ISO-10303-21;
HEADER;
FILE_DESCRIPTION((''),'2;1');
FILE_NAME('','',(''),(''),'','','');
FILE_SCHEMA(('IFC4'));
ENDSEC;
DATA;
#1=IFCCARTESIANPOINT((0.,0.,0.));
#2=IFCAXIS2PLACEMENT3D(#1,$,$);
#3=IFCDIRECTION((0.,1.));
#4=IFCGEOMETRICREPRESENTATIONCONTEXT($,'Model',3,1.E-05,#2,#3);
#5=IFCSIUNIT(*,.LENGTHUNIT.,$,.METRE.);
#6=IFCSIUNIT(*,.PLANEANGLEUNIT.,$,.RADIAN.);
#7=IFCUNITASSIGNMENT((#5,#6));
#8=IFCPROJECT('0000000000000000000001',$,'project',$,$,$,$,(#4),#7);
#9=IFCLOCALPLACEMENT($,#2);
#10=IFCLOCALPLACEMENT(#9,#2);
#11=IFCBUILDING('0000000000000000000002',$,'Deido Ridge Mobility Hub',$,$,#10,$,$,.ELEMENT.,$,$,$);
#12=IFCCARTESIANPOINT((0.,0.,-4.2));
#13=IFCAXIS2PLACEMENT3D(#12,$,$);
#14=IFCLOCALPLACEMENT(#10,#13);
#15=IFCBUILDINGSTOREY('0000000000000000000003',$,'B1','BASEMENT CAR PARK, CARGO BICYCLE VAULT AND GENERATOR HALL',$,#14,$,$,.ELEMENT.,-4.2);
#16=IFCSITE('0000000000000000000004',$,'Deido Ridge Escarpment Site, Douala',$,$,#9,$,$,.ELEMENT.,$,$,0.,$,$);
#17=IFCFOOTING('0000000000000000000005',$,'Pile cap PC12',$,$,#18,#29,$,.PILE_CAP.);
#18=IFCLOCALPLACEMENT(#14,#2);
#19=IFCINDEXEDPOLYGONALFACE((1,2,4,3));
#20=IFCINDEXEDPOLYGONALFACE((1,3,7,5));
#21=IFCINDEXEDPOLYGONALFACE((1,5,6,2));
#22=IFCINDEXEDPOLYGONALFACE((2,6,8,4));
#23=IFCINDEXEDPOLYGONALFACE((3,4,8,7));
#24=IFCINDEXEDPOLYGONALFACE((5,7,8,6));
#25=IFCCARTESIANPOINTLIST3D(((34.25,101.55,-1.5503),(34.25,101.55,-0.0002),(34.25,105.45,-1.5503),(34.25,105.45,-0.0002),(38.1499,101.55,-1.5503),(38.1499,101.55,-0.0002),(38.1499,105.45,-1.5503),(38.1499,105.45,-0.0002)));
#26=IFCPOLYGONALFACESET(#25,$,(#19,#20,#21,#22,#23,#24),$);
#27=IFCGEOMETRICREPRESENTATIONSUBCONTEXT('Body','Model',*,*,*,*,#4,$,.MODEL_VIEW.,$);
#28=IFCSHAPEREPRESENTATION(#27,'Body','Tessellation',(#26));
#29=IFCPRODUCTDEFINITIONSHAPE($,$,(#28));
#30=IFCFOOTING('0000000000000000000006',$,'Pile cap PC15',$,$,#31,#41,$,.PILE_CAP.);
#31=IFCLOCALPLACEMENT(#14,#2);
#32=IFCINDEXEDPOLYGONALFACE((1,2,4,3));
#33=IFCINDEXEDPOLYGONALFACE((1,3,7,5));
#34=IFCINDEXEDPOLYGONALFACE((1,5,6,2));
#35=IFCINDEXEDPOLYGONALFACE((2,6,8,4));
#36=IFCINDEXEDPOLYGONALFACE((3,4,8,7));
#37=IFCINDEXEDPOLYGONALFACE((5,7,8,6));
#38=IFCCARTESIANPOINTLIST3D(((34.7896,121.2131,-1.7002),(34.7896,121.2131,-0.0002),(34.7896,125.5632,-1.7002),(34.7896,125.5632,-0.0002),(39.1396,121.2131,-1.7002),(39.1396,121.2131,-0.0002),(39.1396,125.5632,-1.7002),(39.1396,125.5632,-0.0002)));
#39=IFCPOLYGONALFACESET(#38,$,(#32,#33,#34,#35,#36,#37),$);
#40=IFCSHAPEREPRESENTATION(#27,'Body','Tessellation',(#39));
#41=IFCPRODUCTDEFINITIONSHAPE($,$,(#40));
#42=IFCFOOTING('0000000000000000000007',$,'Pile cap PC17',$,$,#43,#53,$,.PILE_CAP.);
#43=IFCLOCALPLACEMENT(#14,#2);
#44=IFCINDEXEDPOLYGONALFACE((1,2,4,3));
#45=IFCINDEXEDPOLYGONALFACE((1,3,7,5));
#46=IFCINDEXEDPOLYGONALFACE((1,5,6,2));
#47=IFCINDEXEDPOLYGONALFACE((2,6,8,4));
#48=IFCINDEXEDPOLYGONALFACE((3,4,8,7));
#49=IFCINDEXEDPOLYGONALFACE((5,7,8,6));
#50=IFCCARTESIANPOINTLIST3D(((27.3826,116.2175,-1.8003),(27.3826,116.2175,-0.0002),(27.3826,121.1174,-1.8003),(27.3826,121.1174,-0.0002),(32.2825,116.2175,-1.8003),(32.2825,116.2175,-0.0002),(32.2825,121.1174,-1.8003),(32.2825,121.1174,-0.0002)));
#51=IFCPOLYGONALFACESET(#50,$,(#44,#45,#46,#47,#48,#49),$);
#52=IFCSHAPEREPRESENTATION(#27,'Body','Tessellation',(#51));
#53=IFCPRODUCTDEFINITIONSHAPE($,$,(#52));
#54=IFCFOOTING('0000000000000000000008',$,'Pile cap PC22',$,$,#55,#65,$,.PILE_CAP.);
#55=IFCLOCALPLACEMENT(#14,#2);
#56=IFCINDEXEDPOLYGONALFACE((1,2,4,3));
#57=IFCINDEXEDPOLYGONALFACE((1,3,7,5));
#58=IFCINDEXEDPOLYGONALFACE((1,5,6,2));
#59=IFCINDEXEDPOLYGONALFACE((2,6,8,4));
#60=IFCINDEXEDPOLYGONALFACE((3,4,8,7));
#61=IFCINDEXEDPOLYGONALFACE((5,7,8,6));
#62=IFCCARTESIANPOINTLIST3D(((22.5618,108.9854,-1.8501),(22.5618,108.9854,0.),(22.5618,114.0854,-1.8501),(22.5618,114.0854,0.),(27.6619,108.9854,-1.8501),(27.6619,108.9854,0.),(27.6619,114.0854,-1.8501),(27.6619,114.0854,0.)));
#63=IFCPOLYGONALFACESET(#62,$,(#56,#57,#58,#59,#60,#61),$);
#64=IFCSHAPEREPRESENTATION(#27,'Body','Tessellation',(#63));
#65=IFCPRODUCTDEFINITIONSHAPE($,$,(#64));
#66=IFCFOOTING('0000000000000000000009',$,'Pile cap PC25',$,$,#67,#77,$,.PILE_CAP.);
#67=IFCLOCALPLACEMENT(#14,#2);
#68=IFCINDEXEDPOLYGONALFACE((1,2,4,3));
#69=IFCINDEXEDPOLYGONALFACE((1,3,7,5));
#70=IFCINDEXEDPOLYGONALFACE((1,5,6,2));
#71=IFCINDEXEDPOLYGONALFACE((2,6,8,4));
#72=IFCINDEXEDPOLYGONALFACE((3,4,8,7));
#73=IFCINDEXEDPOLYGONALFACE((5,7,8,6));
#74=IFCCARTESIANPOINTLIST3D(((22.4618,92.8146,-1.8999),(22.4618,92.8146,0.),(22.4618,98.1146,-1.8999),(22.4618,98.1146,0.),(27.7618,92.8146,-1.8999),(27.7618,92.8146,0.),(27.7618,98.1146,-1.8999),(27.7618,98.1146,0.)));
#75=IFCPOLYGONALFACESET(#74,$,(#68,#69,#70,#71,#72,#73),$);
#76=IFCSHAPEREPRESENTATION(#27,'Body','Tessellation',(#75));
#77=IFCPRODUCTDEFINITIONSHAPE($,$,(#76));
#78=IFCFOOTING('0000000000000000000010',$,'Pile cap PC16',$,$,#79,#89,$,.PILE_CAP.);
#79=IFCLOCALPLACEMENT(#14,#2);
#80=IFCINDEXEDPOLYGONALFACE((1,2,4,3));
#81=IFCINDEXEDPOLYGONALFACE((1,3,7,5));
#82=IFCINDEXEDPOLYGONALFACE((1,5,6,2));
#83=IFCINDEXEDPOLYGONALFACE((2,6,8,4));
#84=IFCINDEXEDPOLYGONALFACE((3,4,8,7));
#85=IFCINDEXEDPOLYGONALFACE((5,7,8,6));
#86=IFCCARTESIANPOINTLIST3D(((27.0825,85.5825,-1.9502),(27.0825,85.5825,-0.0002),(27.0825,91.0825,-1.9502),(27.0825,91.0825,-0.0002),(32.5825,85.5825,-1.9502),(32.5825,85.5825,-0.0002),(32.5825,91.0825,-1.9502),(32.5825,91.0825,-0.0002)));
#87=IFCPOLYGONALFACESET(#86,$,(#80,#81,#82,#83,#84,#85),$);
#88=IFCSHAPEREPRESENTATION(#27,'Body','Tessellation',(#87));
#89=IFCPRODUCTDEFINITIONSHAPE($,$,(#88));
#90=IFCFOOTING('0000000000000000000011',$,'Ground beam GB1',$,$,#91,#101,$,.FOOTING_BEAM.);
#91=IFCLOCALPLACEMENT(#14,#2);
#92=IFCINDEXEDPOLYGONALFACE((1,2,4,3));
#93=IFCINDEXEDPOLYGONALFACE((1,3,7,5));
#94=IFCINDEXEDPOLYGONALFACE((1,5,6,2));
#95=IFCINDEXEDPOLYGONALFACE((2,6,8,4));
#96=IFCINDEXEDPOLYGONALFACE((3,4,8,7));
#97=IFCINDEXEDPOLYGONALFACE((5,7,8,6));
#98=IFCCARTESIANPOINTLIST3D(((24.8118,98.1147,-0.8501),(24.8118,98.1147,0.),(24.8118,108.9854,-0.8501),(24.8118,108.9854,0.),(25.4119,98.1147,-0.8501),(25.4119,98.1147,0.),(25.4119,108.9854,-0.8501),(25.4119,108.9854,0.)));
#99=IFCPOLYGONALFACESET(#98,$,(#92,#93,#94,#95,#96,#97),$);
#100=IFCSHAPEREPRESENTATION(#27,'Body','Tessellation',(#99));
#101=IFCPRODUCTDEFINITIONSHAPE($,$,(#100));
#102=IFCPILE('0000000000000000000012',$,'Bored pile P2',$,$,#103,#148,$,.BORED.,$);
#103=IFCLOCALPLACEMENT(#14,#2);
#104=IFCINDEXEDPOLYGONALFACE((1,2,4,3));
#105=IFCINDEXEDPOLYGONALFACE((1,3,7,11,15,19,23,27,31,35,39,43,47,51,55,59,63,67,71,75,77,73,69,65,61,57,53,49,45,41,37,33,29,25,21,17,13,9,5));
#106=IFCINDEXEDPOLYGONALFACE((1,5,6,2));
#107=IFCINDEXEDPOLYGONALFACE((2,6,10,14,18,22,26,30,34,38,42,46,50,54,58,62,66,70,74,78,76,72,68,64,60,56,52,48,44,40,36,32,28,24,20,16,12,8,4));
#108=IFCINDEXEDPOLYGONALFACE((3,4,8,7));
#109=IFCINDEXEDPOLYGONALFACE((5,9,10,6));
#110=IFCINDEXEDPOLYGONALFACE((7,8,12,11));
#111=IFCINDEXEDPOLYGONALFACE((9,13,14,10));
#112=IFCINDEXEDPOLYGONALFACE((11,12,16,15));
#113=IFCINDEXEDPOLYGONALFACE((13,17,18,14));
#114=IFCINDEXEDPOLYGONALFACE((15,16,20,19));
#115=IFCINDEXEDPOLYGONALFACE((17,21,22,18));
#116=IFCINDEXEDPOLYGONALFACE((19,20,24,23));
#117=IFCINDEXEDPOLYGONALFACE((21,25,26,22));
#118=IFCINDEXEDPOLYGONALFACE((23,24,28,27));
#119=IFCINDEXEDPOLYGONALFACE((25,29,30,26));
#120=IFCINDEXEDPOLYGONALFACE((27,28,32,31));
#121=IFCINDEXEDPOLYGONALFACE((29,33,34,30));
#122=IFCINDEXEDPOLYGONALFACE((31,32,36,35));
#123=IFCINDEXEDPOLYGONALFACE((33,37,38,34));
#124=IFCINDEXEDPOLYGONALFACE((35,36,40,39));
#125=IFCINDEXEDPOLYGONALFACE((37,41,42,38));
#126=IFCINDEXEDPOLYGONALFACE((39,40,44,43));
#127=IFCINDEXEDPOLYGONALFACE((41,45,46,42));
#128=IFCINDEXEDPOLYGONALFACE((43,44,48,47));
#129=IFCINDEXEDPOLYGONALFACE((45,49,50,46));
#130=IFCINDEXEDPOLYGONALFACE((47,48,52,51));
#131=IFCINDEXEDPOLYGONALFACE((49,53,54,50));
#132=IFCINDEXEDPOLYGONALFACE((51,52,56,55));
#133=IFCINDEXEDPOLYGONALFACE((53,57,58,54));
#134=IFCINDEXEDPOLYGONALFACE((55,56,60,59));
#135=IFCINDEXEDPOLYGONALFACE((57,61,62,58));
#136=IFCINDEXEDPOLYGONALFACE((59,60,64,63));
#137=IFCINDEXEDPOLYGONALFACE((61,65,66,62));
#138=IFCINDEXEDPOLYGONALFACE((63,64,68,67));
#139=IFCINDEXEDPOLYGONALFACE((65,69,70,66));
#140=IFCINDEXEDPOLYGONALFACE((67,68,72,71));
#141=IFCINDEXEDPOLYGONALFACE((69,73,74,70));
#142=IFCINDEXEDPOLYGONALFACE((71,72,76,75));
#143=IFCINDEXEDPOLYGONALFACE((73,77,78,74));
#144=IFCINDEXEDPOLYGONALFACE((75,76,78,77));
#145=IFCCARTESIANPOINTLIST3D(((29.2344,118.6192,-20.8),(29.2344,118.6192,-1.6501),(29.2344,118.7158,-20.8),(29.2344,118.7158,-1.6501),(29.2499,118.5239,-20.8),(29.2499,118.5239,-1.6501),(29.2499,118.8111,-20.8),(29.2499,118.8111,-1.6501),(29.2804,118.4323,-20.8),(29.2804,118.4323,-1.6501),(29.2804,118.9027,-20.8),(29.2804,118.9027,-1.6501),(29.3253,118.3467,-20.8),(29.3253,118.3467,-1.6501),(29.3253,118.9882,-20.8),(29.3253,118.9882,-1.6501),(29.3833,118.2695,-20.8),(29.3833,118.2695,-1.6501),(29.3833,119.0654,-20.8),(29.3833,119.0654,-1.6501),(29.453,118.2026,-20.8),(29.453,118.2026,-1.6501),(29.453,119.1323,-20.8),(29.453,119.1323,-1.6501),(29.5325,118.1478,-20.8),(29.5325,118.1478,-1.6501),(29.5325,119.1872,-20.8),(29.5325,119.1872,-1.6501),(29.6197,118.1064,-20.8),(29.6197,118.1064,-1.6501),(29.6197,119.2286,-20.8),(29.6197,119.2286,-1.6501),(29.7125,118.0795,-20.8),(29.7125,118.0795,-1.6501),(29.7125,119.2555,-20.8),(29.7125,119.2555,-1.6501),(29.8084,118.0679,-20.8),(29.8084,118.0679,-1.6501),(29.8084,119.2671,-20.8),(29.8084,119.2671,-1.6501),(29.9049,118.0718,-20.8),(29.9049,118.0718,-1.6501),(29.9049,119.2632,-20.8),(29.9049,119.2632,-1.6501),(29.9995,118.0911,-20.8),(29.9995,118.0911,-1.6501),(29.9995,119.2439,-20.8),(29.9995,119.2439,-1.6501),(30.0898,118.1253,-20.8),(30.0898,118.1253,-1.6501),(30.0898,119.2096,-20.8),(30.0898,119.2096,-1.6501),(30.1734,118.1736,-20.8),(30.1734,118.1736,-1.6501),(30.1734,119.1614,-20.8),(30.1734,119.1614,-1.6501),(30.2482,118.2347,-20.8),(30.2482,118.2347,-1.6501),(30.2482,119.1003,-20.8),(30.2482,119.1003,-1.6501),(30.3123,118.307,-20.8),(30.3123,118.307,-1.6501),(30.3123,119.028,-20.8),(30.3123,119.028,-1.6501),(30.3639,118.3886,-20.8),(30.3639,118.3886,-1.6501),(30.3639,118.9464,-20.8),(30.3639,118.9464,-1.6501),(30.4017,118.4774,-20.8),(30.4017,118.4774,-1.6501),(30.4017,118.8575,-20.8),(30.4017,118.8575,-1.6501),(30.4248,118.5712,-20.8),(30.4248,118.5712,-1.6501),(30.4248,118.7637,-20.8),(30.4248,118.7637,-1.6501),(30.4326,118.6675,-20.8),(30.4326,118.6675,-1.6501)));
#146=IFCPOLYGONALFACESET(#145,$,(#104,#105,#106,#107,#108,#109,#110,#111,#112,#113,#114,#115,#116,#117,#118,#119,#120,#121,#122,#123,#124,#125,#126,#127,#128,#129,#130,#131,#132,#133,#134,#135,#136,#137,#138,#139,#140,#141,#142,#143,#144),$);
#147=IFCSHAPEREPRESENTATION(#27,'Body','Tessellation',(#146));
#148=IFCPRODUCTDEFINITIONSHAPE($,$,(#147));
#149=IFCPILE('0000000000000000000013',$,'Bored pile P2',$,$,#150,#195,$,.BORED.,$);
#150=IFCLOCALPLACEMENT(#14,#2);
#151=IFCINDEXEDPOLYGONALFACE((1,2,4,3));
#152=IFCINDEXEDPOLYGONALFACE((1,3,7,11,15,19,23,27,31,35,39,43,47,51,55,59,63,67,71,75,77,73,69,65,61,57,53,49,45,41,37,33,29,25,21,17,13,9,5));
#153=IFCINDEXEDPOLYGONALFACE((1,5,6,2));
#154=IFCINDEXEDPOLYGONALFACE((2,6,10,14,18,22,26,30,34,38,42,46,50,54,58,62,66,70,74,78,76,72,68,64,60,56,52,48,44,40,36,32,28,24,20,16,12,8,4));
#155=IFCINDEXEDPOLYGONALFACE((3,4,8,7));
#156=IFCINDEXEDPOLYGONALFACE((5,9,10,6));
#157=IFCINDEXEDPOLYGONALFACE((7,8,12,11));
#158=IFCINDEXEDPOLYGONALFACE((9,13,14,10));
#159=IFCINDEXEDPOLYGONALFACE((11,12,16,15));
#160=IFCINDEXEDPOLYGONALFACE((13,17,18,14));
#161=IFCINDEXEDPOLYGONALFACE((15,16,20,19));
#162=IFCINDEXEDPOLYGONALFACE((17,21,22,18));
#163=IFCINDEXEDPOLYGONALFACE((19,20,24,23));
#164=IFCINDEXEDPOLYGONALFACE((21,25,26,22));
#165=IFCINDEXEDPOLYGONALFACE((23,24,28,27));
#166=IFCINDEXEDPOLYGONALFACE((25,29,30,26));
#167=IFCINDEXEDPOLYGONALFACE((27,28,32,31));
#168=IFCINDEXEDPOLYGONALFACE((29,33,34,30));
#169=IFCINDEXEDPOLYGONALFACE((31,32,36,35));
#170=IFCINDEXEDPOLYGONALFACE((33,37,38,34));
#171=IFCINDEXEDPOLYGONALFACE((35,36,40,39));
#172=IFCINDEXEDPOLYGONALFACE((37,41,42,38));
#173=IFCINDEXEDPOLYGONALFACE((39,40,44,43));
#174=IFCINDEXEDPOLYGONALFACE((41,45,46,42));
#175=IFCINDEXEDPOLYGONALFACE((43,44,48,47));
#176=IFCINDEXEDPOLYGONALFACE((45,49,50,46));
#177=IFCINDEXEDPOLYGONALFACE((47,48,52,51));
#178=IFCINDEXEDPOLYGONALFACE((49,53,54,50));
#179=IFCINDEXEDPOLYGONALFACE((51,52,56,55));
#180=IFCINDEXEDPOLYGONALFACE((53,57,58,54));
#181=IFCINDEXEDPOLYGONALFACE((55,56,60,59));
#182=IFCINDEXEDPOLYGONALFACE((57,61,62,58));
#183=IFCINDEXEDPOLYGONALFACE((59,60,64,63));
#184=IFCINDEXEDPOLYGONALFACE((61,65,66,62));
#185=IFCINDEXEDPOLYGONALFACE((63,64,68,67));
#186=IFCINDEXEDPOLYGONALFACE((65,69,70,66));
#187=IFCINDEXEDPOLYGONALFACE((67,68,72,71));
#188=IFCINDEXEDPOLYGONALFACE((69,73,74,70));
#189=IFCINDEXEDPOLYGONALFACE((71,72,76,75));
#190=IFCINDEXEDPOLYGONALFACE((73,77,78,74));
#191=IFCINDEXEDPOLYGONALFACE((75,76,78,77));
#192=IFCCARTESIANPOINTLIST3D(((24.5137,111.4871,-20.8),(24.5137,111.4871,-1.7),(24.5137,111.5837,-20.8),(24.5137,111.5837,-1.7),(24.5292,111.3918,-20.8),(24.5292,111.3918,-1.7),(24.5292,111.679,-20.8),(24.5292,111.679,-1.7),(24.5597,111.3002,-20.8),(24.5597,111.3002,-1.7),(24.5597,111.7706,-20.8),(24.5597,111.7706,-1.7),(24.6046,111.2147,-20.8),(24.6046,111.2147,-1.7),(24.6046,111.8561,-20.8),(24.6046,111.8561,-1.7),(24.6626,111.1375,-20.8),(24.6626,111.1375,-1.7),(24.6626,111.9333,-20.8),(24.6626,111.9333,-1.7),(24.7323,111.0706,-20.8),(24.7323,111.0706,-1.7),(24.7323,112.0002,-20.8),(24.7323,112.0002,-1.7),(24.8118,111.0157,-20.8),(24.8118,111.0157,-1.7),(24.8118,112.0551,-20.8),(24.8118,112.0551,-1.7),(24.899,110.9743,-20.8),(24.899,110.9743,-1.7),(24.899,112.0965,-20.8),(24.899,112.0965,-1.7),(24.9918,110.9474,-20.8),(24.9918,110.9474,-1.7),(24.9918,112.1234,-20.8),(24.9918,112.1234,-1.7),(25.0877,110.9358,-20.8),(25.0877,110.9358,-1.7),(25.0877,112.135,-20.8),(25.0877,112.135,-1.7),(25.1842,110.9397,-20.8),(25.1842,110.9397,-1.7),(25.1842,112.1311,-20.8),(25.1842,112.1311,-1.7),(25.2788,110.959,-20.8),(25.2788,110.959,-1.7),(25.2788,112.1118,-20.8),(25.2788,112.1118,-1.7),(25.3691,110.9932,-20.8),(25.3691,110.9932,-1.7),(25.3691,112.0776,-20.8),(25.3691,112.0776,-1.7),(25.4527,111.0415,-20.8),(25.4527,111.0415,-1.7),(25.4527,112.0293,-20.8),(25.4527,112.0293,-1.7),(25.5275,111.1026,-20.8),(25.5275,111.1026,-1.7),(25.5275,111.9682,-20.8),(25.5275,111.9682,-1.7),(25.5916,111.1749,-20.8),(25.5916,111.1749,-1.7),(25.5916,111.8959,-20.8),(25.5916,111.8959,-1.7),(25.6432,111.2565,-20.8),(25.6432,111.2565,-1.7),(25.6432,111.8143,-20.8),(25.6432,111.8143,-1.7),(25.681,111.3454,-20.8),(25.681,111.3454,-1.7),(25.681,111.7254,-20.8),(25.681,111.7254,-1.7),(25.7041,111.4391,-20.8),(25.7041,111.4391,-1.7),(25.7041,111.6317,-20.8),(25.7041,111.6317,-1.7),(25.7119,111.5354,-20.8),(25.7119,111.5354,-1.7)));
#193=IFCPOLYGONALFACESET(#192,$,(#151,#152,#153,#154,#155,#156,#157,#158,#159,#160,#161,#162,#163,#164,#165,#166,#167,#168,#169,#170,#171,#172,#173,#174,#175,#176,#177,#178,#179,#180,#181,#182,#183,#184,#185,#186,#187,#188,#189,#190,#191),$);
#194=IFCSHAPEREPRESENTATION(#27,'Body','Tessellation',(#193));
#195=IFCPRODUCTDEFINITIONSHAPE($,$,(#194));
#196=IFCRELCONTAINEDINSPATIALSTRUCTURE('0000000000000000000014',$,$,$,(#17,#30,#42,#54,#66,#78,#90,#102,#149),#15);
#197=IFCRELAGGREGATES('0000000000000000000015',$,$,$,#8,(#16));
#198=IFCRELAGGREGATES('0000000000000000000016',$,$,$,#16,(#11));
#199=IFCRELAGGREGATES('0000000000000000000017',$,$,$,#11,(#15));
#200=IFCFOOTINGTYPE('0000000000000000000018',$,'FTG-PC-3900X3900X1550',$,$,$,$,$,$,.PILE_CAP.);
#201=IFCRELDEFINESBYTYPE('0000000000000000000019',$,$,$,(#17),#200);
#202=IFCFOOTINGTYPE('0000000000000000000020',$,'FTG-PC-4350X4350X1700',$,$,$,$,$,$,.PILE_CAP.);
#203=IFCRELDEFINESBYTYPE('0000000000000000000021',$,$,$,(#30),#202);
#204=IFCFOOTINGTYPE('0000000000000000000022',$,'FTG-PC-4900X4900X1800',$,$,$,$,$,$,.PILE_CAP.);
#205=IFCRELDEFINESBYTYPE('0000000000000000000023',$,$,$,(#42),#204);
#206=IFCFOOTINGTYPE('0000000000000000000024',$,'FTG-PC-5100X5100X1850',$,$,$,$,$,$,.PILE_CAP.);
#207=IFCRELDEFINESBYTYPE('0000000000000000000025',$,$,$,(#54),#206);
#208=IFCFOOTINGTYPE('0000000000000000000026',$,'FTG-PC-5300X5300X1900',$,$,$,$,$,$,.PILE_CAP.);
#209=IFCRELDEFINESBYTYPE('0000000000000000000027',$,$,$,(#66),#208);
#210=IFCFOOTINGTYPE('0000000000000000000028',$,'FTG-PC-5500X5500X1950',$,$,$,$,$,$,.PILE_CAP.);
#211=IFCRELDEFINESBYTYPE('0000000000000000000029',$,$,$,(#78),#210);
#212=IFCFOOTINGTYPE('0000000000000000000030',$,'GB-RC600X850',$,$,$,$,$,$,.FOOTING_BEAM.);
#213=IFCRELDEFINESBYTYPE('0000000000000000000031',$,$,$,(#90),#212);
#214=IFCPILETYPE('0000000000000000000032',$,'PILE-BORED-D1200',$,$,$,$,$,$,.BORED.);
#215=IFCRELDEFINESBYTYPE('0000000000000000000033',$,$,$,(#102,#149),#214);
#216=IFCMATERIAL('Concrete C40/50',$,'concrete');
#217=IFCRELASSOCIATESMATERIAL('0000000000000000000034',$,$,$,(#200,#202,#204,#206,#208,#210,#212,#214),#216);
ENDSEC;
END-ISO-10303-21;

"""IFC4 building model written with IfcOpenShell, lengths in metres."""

from ifc_helpers import new_model, si_unit, direction, frame, origin, origin_2d, place, context, subcontext, project, spatial, rectangle, circle, extrude, material, material_profile, profile_set, type_object, element, save


model = new_model("IFC4")

# Units and contexts
model_context = context("Model", 3, precision=1e-05, world=origin(), true_north=direction((0.0, 1.0)))
body_context = subcontext(model_context, "Body", "Model", "MODEL_VIEW")
ifc_project = project(units=[si_unit("LENGTHUNIT", "METRE"), si_unit("PLANEANGLEUNIT", "RADIAN")], contexts=[model_context])

# Site, building, storey
site_placement = place(None, origin())
site = spatial("IfcSite", under=ifc_project, at=site_placement, Name="Deido Ridge Escarpment Site, Douala", CompositionType="ELEMENT", RefElevation=0.0)
building_placement = place(site_placement, origin())
building = spatial("IfcBuilding", under=site, at=building_placement, Name="Deido Ridge Mobility Hub", CompositionType="ELEMENT")
storey_placement = place(building_placement, frame((0.0, 0.0, -4.2)))
storey = spatial("IfcBuildingStorey", under=building, at=storey_placement, Name="B1", Description="BASEMENT CAR PARK, CARGO BICYCLE VAULT AND GENERATOR HALL", CompositionType="ELEMENT", Elevation=-4.2)

# Footings
ifc_material = material(Name="Concrete C40/50", Category="concrete")
footing_type_1 = type_object("IfcFootingType", Name="FTG-PC-3900X3900X1550", PredefinedType="PILE_CAP", material=ifc_material)
footing_1_placement = place(storey_placement, frame((36.2, 103.5, -1.5503), z_axis=(0.0, 0.0, 1.0), x_axis=(1.0, 0.0, 0.0)))
element("IfcFooting", 1, at=footing_1_placement, inside=storey, type_object=footing_type_1, Name="Pile cap PC12", PredefinedType="PILE_CAP", context=body_context, shape_type="SweptSolid", body=[
    extrude(rectangle(XDim=3.8999, YDim=3.8999, at=origin_2d()), origin(), (0.0, 0.0, 1.0), 1.55),
])
footing_type_2 = type_object("IfcFootingType", Name="FTG-PC-4350X4350X1700", PredefinedType="PILE_CAP", material=ifc_material)
footing_2_placement = place(storey_placement, frame((36.9646, 123.3882, -1.7002), z_axis=(0.0, 0.0, 1.0), x_axis=(1.0, 0.0, 0.0)))
element("IfcFooting", 2, at=footing_2_placement, inside=storey, type_object=footing_type_2, Name="Pile cap PC15", PredefinedType="PILE_CAP", context=body_context, shape_type="SweptSolid", body=[
    extrude(rectangle(XDim=4.3501, YDim=4.3501, at=origin_2d()), origin(), (0.0, 0.0, 1.0), 1.7),
])
footing_type_3 = type_object("IfcFootingType", Name="FTG-PC-4900X4900X1800", PredefinedType="PILE_CAP", material=ifc_material)
footing_3_placement = place(storey_placement, frame((29.8325, 118.6675, -1.8003), z_axis=(0.0, 0.0, 1.0), x_axis=(1.0, 0.0, 0.0)))
element("IfcFooting", 3, at=footing_3_placement, inside=storey, type_object=footing_type_3, Name="Pile cap PC17", PredefinedType="PILE_CAP", context=body_context, shape_type="SweptSolid", body=[
    extrude(rectangle(XDim=4.8999, YDim=4.8999, at=origin_2d()), origin(), (0.0, 0.0, 1.0), 1.8),
])
footing_type_4 = type_object("IfcFootingType", Name="FTG-PC-5100X5100X1850", PredefinedType="PILE_CAP", material=ifc_material)
footing_4_placement = place(storey_placement, frame((25.1118, 111.5354, -1.8501), z_axis=(0.0, 0.0, 1.0), x_axis=(1.0, 0.0, 0.0)))
element("IfcFooting", 4, at=footing_4_placement, inside=storey, type_object=footing_type_4, Name="Pile cap PC22", PredefinedType="PILE_CAP", context=body_context, shape_type="SweptSolid", body=[
    extrude(rectangle(XDim=5.1001, YDim=5.1001, at=origin_2d()), origin(), (0.0, 0.0, 1.0), 1.8501),
])
footing_type_5 = type_object("IfcFootingType", Name="FTG-PC-5300X5300X1900", PredefinedType="PILE_CAP", material=ifc_material)
footing_5_placement = place(storey_placement, frame((25.1118, 95.4646, -1.8999), z_axis=(0.0, 0.0, 1.0), x_axis=(1.0, 0.0, 0.0)))
element("IfcFooting", 5, at=footing_5_placement, inside=storey, type_object=footing_type_5, Name="Pile cap PC25", PredefinedType="PILE_CAP", context=body_context, shape_type="SweptSolid", body=[
    extrude(rectangle(XDim=5.3, YDim=5.3, at=origin_2d()), origin(), (0.0, 0.0, 1.0), 1.8999),
])
footing_type_6 = type_object("IfcFootingType", Name="FTG-PC-5500X5500X1950", PredefinedType="PILE_CAP", material=ifc_material)
footing_6_placement = place(storey_placement, frame((29.8325, 88.3325, -1.9502), z_axis=(0.0, 0.0, 1.0), x_axis=(1.0, 0.0, 0.0)))
element("IfcFooting", 6, at=footing_6_placement, inside=storey, type_object=footing_type_6, Name="Pile cap PC16", PredefinedType="PILE_CAP", context=body_context, shape_type="SweptSolid", body=[
    extrude(rectangle(XDim=5.5, YDim=5.5, at=origin_2d()), origin(), (0.0, 0.0, 1.0), 1.95),
])
ifc_material_profile_1 = material_profile(ifc_material, rectangle(XDim=0.6001, YDim=0.8501, at=origin_2d()), Name="RC GB 600x850")
ifc_profile_set_1 = profile_set([ifc_material_profile_1], Name="Concrete C40/50")
footing_type_7 = type_object("IfcFootingType", Name="GB-RC600X850", PredefinedType="FOOTING_BEAM", material=ifc_profile_set_1)
footing_7_placement = place(storey_placement, frame((25.1118, 98.1147, -0.425), z_axis=(0.0, 1.0, 0.0), x_axis=(-1.0, 0.0, 0.0)))
element("IfcFooting", 7, at=footing_7_placement, inside=storey, type_object=footing_type_7, Name="Ground beam GB1", PredefinedType="FOOTING_BEAM", context=body_context, shape_type="SweptSolid", body=[
    extrude(rectangle(XDim=0.6001, YDim=0.8501, at=origin_2d()), origin(), (0.0, 0.0, 1.0), 10.8706),
])

# Piles
ifc_material_profile_2 = material_profile(ifc_material, circle(Radius=0.6001, at=origin_2d()), Name="BORED PILE D1200")
ifc_profile_set_2 = profile_set([ifc_material_profile_2], Name="Concrete C40/50")
pile_type_1 = type_object("IfcPileType", Name="PILE-BORED-D1200", PredefinedType="BORED", material=ifc_profile_set_2)
pile_1_placement = place(storey_placement, frame((29.8325, 118.6675, -1.6501), z_axis=(0.0, 0.0, -1.0), x_axis=(1.0, 0.0, 0.0)))
element("IfcPile", 8, at=pile_1_placement, inside=storey, type_object=pile_type_1, Name="Bored pile P2", PredefinedType="BORED", context=body_context, shape_type="SweptSolid", body=[
    extrude(circle(Radius=0.6001, at=origin_2d()), origin(), (0.0, 0.0, 1.0), 19.1499),
])
pile_2_placement = place(storey_placement, frame((25.1118, 111.5354, -1.7), z_axis=(0.0, 0.0, -1.0), x_axis=(1.0, 0.0, 0.0)))
element("IfcPile", 9, at=pile_2_placement, inside=storey, type_object=pile_type_1, Name="Bored pile P2", PredefinedType="BORED", context=body_context, shape_type="SweptSolid", body=[
    extrude(circle(Radius=0.6001, at=origin_2d()), origin(), (0.0, 0.0, 1.0), 19.1001),
])

save(model, "model.ifc")
